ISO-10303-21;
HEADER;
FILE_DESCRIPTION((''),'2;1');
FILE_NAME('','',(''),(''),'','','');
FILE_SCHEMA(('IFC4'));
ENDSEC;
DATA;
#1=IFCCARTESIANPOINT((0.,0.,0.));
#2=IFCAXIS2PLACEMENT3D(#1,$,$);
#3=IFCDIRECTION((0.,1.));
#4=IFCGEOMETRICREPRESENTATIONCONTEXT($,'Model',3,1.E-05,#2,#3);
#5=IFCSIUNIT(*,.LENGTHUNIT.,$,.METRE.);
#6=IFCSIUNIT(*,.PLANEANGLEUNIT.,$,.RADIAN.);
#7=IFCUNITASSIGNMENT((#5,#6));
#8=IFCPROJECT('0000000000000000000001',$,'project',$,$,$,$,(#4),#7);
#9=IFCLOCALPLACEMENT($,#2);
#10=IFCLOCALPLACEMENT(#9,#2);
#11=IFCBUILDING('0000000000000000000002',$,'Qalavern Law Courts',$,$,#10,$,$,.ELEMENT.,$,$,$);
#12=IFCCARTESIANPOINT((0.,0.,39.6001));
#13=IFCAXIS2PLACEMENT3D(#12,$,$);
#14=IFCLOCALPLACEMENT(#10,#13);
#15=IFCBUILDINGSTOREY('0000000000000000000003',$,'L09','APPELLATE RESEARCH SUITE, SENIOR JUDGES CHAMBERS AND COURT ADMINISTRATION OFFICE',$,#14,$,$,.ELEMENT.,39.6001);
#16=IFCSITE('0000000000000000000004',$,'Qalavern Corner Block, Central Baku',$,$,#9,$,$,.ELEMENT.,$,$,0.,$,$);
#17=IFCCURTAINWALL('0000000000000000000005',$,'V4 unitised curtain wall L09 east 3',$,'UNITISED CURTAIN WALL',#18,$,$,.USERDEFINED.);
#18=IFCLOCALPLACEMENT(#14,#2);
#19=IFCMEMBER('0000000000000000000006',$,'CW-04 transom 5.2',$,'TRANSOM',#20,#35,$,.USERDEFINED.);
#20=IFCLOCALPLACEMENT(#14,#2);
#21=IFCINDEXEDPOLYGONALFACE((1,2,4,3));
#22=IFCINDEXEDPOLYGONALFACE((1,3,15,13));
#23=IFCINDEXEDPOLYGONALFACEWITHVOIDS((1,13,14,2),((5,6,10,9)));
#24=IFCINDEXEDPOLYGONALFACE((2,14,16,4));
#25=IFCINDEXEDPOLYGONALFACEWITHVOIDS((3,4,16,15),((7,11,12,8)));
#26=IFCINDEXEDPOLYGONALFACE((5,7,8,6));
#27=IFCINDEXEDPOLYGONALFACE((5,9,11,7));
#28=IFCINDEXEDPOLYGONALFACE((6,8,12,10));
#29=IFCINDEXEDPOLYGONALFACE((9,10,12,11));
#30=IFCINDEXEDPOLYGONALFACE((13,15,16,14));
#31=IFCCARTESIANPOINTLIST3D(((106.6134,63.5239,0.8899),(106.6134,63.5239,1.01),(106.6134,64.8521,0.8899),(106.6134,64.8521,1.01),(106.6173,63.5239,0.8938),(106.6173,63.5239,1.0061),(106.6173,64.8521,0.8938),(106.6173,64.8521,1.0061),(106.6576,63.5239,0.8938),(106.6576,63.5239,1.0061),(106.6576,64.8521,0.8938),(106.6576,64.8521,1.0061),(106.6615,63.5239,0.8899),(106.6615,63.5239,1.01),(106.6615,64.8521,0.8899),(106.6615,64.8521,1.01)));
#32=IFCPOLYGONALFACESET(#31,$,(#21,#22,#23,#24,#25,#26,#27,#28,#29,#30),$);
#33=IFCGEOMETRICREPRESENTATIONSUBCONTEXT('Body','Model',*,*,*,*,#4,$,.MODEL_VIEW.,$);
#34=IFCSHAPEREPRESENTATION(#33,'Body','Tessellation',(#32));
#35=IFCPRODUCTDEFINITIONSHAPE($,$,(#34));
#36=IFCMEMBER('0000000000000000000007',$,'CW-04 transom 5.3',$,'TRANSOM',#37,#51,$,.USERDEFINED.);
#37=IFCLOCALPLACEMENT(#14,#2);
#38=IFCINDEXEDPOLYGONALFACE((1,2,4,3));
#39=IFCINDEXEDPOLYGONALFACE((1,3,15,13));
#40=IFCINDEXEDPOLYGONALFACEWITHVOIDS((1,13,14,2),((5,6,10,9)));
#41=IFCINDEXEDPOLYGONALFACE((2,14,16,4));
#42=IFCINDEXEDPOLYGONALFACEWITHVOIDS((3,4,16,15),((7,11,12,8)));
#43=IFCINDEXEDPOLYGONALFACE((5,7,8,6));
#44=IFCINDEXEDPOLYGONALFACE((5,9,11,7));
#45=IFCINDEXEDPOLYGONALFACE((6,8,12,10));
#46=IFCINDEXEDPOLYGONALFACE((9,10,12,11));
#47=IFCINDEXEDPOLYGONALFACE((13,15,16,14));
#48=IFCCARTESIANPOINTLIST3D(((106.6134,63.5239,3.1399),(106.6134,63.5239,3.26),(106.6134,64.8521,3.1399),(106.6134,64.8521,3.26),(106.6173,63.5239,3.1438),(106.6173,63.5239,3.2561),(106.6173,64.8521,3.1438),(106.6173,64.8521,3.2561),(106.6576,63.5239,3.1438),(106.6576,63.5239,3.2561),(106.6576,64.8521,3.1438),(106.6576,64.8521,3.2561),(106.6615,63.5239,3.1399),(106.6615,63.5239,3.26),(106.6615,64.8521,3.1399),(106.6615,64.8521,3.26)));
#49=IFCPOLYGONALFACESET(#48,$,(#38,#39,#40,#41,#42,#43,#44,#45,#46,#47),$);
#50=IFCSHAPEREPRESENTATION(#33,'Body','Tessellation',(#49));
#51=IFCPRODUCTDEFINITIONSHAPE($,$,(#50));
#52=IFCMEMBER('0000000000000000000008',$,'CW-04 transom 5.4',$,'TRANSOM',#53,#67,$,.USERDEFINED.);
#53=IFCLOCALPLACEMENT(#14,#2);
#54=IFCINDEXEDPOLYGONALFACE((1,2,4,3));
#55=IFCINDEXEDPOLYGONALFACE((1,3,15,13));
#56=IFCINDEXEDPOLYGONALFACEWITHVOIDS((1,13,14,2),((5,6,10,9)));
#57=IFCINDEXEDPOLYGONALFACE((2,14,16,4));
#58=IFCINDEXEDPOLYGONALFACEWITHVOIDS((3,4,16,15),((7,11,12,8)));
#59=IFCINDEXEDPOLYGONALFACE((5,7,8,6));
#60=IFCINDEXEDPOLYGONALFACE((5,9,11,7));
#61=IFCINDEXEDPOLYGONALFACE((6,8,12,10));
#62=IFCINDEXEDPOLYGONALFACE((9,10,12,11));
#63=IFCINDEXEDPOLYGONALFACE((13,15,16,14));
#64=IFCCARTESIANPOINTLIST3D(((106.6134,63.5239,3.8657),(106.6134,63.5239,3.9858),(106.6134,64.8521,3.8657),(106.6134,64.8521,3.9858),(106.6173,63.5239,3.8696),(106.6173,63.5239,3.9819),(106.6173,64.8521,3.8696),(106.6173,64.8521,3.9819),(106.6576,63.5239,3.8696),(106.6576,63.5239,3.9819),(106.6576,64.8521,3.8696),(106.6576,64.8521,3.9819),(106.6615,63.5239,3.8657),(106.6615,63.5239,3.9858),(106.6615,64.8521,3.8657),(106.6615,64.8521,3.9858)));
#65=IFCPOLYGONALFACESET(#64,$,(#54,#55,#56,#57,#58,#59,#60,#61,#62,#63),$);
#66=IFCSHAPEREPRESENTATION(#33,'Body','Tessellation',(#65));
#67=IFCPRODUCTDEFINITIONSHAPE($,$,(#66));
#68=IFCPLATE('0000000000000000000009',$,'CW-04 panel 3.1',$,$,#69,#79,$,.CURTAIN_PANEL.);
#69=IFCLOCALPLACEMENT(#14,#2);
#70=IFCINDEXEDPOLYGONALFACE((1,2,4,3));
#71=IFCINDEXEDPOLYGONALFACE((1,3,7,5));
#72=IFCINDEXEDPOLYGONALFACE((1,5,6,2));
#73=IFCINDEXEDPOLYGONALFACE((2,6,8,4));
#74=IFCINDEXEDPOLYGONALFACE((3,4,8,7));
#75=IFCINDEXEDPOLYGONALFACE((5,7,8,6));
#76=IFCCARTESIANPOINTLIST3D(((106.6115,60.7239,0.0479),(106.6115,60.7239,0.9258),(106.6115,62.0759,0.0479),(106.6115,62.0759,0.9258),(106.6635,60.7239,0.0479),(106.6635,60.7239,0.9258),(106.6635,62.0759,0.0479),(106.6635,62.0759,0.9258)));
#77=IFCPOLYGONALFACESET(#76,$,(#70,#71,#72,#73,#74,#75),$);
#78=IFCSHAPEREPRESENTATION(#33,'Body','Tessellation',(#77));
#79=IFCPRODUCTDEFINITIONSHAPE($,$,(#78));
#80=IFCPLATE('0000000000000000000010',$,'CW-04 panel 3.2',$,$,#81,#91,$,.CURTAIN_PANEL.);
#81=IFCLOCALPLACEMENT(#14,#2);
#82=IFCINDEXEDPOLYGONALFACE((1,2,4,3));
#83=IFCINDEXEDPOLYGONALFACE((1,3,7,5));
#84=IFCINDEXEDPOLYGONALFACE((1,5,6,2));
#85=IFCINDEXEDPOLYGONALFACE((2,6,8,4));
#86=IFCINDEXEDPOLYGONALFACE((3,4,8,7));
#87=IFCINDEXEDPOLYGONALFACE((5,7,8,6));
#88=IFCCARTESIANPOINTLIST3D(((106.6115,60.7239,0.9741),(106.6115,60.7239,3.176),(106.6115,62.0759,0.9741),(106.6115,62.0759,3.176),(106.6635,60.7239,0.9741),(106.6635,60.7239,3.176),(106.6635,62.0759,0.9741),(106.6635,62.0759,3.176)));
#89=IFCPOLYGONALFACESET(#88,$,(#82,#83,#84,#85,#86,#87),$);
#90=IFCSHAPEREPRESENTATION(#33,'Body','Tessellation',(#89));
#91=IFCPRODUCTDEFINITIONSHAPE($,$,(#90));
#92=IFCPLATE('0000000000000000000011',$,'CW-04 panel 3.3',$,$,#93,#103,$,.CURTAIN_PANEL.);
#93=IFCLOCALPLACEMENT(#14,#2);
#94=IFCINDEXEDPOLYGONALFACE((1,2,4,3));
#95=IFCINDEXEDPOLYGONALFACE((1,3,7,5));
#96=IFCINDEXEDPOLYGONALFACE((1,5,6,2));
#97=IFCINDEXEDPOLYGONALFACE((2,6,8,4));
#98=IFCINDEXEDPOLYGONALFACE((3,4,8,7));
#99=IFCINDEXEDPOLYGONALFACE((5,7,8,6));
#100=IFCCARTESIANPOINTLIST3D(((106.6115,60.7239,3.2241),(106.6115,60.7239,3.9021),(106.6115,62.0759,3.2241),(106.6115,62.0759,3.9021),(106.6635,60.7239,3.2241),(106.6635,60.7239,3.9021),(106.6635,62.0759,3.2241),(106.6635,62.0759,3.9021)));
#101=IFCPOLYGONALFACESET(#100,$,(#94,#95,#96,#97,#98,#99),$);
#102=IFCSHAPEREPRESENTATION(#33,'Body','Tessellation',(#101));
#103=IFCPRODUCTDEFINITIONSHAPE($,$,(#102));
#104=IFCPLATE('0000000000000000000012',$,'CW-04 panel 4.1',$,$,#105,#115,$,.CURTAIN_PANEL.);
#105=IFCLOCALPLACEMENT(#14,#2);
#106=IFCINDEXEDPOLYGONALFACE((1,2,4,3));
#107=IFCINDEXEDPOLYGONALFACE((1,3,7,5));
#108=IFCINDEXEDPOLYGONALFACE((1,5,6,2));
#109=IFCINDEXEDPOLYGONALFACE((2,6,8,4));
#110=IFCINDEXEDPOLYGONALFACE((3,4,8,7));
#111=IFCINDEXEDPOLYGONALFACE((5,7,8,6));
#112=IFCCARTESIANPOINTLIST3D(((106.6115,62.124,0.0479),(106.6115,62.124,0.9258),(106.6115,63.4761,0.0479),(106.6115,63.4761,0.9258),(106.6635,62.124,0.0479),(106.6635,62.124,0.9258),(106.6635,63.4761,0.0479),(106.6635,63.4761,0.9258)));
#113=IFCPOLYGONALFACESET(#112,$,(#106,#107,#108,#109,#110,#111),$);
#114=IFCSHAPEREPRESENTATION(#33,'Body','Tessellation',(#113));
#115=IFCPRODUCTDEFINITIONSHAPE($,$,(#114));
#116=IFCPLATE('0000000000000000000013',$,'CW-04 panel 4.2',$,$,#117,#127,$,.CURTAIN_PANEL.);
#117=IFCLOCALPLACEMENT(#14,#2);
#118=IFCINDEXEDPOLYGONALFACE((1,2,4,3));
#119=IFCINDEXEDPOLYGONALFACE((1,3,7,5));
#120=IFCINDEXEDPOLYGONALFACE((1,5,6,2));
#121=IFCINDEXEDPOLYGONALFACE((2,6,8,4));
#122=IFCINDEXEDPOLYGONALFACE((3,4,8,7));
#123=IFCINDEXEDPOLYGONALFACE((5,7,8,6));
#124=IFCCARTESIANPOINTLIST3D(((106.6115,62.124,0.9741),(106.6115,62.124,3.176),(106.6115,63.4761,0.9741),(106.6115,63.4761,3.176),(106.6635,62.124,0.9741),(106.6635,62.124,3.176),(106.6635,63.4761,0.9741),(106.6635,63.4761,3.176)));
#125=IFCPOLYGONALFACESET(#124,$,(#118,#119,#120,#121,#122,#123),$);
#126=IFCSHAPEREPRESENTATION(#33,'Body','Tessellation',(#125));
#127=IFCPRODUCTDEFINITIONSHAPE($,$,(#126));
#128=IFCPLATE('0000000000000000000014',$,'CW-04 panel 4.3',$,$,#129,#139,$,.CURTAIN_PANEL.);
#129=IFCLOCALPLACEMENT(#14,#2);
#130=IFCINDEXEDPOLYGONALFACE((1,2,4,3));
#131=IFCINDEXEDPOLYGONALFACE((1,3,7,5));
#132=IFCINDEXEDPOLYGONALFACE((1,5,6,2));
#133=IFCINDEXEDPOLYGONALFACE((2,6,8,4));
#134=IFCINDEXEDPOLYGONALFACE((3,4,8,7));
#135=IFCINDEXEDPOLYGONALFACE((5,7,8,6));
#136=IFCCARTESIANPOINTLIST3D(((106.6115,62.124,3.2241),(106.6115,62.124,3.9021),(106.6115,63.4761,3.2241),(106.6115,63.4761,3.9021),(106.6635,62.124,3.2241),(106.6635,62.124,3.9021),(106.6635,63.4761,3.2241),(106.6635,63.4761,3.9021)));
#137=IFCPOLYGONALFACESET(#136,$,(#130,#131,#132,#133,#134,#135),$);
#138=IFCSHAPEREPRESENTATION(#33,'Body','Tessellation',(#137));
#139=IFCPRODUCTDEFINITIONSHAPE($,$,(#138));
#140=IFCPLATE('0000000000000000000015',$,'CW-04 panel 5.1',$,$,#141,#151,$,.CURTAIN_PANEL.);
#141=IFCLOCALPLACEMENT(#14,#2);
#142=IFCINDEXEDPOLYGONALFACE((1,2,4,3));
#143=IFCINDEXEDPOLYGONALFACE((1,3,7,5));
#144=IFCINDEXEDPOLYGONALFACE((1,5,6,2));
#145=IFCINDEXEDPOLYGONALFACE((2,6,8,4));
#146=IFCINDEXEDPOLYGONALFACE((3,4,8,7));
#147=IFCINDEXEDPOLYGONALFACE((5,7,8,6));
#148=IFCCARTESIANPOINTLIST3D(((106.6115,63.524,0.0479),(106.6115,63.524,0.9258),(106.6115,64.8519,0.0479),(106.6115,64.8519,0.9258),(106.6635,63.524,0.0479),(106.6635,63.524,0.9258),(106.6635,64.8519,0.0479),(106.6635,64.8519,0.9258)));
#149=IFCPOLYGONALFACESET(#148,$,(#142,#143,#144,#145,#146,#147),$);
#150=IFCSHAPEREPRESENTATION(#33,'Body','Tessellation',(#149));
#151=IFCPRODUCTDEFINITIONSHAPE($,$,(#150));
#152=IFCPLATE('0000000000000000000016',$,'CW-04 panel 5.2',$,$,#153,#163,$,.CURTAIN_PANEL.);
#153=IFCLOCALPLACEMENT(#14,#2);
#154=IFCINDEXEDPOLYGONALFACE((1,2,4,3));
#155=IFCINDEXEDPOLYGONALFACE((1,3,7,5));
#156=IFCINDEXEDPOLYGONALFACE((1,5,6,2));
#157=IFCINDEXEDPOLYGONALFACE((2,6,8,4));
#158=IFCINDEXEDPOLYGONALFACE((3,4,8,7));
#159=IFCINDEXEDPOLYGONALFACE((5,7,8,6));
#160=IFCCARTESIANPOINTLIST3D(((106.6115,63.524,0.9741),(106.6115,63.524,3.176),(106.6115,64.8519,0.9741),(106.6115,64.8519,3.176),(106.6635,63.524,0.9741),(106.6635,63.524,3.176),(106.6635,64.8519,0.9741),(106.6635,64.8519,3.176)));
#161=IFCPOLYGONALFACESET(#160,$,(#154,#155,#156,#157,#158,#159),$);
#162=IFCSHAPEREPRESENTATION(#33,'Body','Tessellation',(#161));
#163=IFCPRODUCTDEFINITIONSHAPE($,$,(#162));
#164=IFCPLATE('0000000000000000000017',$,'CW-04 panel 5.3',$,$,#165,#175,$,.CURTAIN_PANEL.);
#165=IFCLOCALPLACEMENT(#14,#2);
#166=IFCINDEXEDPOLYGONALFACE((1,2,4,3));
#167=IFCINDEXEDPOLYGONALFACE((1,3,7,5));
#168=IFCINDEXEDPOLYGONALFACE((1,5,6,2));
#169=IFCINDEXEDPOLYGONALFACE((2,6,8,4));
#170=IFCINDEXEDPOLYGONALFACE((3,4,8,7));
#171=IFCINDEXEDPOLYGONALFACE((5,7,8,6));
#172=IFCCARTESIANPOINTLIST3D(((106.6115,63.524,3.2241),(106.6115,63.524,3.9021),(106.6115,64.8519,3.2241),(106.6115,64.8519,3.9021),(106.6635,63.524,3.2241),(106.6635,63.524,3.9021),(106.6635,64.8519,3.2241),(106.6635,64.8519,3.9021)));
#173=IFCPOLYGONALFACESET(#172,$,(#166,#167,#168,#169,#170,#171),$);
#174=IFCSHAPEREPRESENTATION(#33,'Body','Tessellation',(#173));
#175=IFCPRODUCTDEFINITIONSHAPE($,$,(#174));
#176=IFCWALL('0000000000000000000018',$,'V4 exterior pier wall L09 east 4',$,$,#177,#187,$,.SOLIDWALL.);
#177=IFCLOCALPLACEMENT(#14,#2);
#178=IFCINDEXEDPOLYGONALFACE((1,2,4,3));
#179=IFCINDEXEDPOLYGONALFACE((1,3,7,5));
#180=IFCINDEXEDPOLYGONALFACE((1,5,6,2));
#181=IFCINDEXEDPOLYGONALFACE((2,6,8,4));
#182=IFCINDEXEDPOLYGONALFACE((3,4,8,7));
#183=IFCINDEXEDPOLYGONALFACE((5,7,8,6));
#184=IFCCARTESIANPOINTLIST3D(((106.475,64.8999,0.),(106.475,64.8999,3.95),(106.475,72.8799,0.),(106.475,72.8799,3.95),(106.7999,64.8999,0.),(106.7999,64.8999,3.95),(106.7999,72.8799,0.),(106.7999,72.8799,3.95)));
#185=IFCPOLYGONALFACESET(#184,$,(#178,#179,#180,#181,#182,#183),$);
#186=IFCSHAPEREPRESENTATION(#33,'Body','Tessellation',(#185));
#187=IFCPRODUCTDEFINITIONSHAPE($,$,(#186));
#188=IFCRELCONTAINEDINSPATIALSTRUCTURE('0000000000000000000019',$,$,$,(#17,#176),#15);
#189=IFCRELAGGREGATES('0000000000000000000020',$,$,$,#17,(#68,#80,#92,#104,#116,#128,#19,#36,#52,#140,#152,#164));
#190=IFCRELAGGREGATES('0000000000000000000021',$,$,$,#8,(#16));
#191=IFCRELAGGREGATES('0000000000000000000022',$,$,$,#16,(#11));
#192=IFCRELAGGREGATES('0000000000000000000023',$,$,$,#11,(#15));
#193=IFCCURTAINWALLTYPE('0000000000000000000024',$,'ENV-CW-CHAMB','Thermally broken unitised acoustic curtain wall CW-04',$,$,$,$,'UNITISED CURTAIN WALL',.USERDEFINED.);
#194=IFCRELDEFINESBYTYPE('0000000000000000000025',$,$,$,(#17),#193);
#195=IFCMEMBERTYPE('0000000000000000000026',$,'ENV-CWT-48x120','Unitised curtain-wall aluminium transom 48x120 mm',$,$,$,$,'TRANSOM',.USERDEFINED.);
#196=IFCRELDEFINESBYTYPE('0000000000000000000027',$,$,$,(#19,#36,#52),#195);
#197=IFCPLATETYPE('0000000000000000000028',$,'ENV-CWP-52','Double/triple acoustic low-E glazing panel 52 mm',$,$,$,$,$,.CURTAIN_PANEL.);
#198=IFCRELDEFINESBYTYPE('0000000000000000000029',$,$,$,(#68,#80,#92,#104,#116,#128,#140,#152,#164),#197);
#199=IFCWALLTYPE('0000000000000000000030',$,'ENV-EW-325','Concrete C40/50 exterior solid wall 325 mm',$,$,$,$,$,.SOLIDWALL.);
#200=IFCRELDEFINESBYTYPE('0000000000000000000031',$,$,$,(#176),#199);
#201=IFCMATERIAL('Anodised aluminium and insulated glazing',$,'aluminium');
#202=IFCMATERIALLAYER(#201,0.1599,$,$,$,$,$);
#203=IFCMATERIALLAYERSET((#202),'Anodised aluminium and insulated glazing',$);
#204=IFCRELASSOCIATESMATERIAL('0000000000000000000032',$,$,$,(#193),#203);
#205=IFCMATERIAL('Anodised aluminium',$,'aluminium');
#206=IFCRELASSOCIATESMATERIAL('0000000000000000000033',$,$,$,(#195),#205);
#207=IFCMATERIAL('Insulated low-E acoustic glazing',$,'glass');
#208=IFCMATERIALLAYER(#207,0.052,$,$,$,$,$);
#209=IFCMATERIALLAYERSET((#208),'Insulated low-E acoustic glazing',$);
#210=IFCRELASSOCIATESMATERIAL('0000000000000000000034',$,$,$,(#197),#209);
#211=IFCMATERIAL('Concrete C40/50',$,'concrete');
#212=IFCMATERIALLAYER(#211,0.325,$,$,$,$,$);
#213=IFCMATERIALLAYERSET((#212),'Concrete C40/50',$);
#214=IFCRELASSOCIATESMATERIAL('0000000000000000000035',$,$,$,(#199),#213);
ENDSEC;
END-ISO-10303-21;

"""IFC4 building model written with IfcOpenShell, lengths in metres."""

from ifc_helpers import new_model, si_unit, direction, frame, frame_2d, origin, origin_2d, place, context, subcontext, project, spatial, rectangle, hollow_rectangle, extrude, material, layer, layer_set, material_profile, profile_set, type_object, element, aggregate, save


model = new_model("IFC4")

# Units and contexts
model_context = context("Model", 3, precision=1e-05, world=origin(), true_north=direction((0.0, 1.0)))
body_context = subcontext(model_context, "Body", "Model", "MODEL_VIEW")
ifc_project = project(units=[si_unit("LENGTHUNIT", "METRE"), si_unit("PLANEANGLEUNIT", "RADIAN")], contexts=[model_context])

# Site, building, storey
site_placement = place(None, origin())
site = spatial("IfcSite", under=ifc_project, at=site_placement, Name="Qalavern Corner Block, Central Baku", CompositionType="ELEMENT", RefElevation=0.0)
building_placement = place(site_placement, origin())
building = spatial("IfcBuilding", under=site, at=building_placement, Name="Qalavern Law Courts", CompositionType="ELEMENT")
storey_placement = place(building_placement, frame((0.0, 0.0, 39.6001)))
storey = spatial("IfcBuildingStorey", under=building, at=storey_placement, Name="L09", Description="APPELLATE RESEARCH SUITE, SENIOR JUDGES CHAMBERS AND COURT ADMINISTRATION OFFICE", CompositionType="ELEMENT", Elevation=39.6001)

# Curtain wall, members, plates
ifc_material_1 = material(Name="Anodised aluminium and insulated glazing", Category="aluminium")
ifc_layer_1 = layer(ifc_material_1, 0.1599)
ifc_layer_set_1 = layer_set([ifc_layer_1], Name="Anodised aluminium and insulated glazing")
curtain_wall_type = type_object("IfcCurtainWallType", Name="ENV-CW-CHAMB", Description="Thermally broken unitised acoustic curtain wall CW-04", ElementType="UNITISED CURTAIN WALL", PredefinedType="USERDEFINED", material=ifc_layer_set_1)
curtain_wall_placement = place(storey_placement, origin())
curtain_wall = element("IfcCurtainWall", 1, at=curtain_wall_placement, inside=storey, type_object=curtain_wall_type, Name="V4 unitised curtain wall L09 east 3", ObjectType="UNITISED CURTAIN WALL", PredefinedType="USERDEFINED")
ifc_material_2 = material(Name="Anodised aluminium", Category="aluminium")
ifc_material_profile_1 = material_profile(ifc_material_2, hollow_rectangle(XDim=0.0481, YDim=0.1201, WallThickness=0.0039, at=origin_2d()), Name="ALU TRANSOM 48x120")
ifc_profile_set_1 = profile_set([ifc_material_profile_1], Name="Anodised aluminium")
member_type_1 = type_object("IfcMemberType", Name="ENV-CWT-48x120", Description="Unitised curtain-wall aluminium transom 48x120 mm", ElementType="TRANSOM", PredefinedType="USERDEFINED", material=ifc_profile_set_1)
member_1_placement = place(storey_placement, frame((106.6375, 63.5239, 0.95), z_axis=(0.0, 1.0, 0.0), x_axis=(-1.0, 0.0, 0.0)))
member_1 = element("IfcMember", 2, at=member_1_placement, type_object=member_type_1, Name="CW-04 transom 5.2", ObjectType="TRANSOM", PredefinedType="USERDEFINED", context=body_context, shape_type="SweptSolid", body=[
    extrude(hollow_rectangle(XDim=0.0481, YDim=0.1201, WallThickness=0.0039, at=origin_2d()), origin(), (0.0, 0.0, 1.0), 1.3281),
])
member_2_placement = place(storey_placement, frame((106.6375, 63.5239, 3.2), z_axis=(0.0, 1.0, 0.0), x_axis=(-1.0, 0.0, 0.0)))
member_2 = element("IfcMember", 3, at=member_2_placement, type_object=member_type_1, Name="CW-04 transom 5.3", ObjectType="TRANSOM", PredefinedType="USERDEFINED", context=body_context, shape_type="SweptSolid", body=[
    extrude(hollow_rectangle(XDim=0.0481, YDim=0.1201, WallThickness=0.0039, at=origin_2d()), origin(), (0.0, 0.0, 1.0), 1.3281),
])
member_3_placement = place(storey_placement, frame((106.6375, 63.5239, 3.9258), z_axis=(0.0, 1.0, 0.0), x_axis=(-1.0, 0.0, 0.0)))
member_3 = element("IfcMember", 4, at=member_3_placement, type_object=member_type_1, Name="CW-04 transom 5.4", ObjectType="TRANSOM", PredefinedType="USERDEFINED", context=body_context, shape_type="SweptSolid", body=[
    extrude(hollow_rectangle(XDim=0.0481, YDim=0.1201, WallThickness=0.0039, at=origin_2d()), origin(), (0.0, 0.0, 1.0), 1.3281),
])
ifc_material_3 = material(Name="Insulated low-E acoustic glazing", Category="glass")
ifc_layer_2 = layer(ifc_material_3, 0.052)
ifc_layer_set_2 = layer_set([ifc_layer_2], Name="Insulated low-E acoustic glazing")
plate_type = type_object("IfcPlateType", Name="ENV-CWP-52", Description="Double/triple acoustic low-E glazing panel 52 mm", PredefinedType="CURTAIN_PANEL", material=ifc_layer_set_2)
plate_1_placement = place(storey_placement, frame((106.6375, 61.3999, 0.0479), z_axis=(0.0, 0.0, 1.0), x_axis=(0.0, 1.0, 0.0)))
plate_1 = element("IfcPlate", 5, at=plate_1_placement, type_object=plate_type, Name="CW-04 panel 3.1", PredefinedType="CURTAIN_PANEL", context=body_context, shape_type="SweptSolid", body=[
    extrude(rectangle(XDim=1.3521, YDim=0.052, at=origin_2d()), origin(), (0.0, 0.0, 1.0), 0.8779),
])
plate_2_placement = place(storey_placement, frame((106.6375, 61.3999, 0.9741), z_axis=(0.0, 0.0, 1.0), x_axis=(0.0, 1.0, 0.0)))
plate_2 = element("IfcPlate", 6, at=plate_2_placement, type_object=plate_type, Name="CW-04 panel 3.2", PredefinedType="CURTAIN_PANEL", context=body_context, shape_type="SweptSolid", body=[
    extrude(rectangle(XDim=1.3521, YDim=0.052, at=origin_2d()), origin(), (0.0, 0.0, 1.0), 2.2019),
])
plate_3_placement = place(storey_placement, frame((106.6375, 61.3999, 3.2241), z_axis=(0.0, 0.0, 1.0), x_axis=(0.0, 1.0, 0.0)))
plate_3 = element("IfcPlate", 7, at=plate_3_placement, type_object=plate_type, Name="CW-04 panel 3.3", PredefinedType="CURTAIN_PANEL", context=body_context, shape_type="SweptSolid", body=[
    extrude(rectangle(XDim=1.3521, YDim=0.052, at=origin_2d()), origin(), (0.0, 0.0, 1.0), 0.678),
])
plate_4_placement = place(storey_placement, frame((106.6375, 62.8, 0.0479), z_axis=(0.0, 0.0, 1.0), x_axis=(0.0, 1.0, 0.0)))
plate_4 = element("IfcPlate", 8, at=plate_4_placement, type_object=plate_type, Name="CW-04 panel 4.1", PredefinedType="CURTAIN_PANEL", context=body_context, shape_type="SweptSolid", body=[
    extrude(rectangle(XDim=1.3521, YDim=0.052, at=origin_2d()), origin(), (0.0, 0.0, 1.0), 0.8779),
])
plate_5_placement = place(storey_placement, frame((106.6375, 62.8, 0.9741), z_axis=(0.0, 0.0, 1.0), x_axis=(0.0, 1.0, 0.0)))
plate_5 = element("IfcPlate", 9, at=plate_5_placement, type_object=plate_type, Name="CW-04 panel 4.2", PredefinedType="CURTAIN_PANEL", context=body_context, shape_type="SweptSolid", body=[
    extrude(rectangle(XDim=1.3521, YDim=0.052, at=origin_2d()), origin(), (0.0, 0.0, 1.0), 2.2019),
])
plate_6_placement = place(storey_placement, frame((106.6375, 62.8, 3.2241), z_axis=(0.0, 0.0, 1.0), x_axis=(0.0, 1.0, 0.0)))
plate_6 = element("IfcPlate", 10, at=plate_6_placement, type_object=plate_type, Name="CW-04 panel 4.3", PredefinedType="CURTAIN_PANEL", context=body_context, shape_type="SweptSolid", body=[
    extrude(rectangle(XDim=1.3521, YDim=0.052, at=origin_2d()), origin(), (0.0, 0.0, 1.0), 0.678),
])
plate_7_placement = place(storey_placement, frame((106.6375, 64.188, 0.0479), z_axis=(0.0, 0.0, 1.0), x_axis=(0.0, 1.0, 0.0)))
plate_7 = element("IfcPlate", 11, at=plate_7_placement, type_object=plate_type, Name="CW-04 panel 5.1", PredefinedType="CURTAIN_PANEL", context=body_context, shape_type="SweptSolid", body=[
    extrude(rectangle(XDim=1.3279, YDim=0.052, at=origin_2d()), origin(), (0.0, 0.0, 1.0), 0.8779),
])
plate_8_placement = place(storey_placement, frame((106.6375, 64.188, 0.9741), z_axis=(0.0, 0.0, 1.0), x_axis=(0.0, 1.0, 0.0)))
plate_8 = element("IfcPlate", 12, at=plate_8_placement, type_object=plate_type, Name="CW-04 panel 5.2", PredefinedType="CURTAIN_PANEL", context=body_context, shape_type="SweptSolid", body=[
    extrude(rectangle(XDim=1.3279, YDim=0.052, at=origin_2d()), origin(), (0.0, 0.0, 1.0), 2.2019),
])
plate_9_placement = place(storey_placement, frame((106.6375, 64.188, 3.2241), z_axis=(0.0, 0.0, 1.0), x_axis=(0.0, 1.0, 0.0)))
plate_9 = element("IfcPlate", 13, at=plate_9_placement, type_object=plate_type, Name="CW-04 panel 5.3", PredefinedType="CURTAIN_PANEL", context=body_context, shape_type="SweptSolid", body=[
    extrude(rectangle(XDim=1.3279, YDim=0.052, at=origin_2d()), origin(), (0.0, 0.0, 1.0), 0.678),
])
aggregate(curtain_wall, [plate_1, plate_2, plate_3, plate_4, plate_5, plate_6, member_1, member_2, member_3, plate_7, plate_8, plate_9])

# Wall
ifc_material_4 = material(Name="Concrete C40/50", Category="concrete")
ifc_layer_3 = layer(ifc_material_4, 0.325)
ifc_layer_set_3 = layer_set([ifc_layer_3], Name="Concrete C40/50")
wall_type = type_object("IfcWallType", Name="ENV-EW-325", Description="Concrete C40/50 exterior solid wall 325 mm", PredefinedType="SOLIDWALL", material=ifc_layer_set_3)
wall_placement = place(storey_placement, frame((106.6375, 64.8999, 0.0), z_axis=(0.0, 0.0, 1.0), x_axis=(0.0, 1.0, 0.0)))
element("IfcWall", 14, at=wall_placement, inside=storey, type_object=wall_type, Name="V4 exterior pier wall L09 east 4", PredefinedType="SOLIDWALL", context=body_context, shape_type="SweptSolid", body=[
    extrude(rectangle(XDim=7.98, YDim=0.325, at=frame_2d((3.99, 0.0))), origin(), (0.0, 0.0, 1.0), 3.95),
])

save(model, "model.ifc")
